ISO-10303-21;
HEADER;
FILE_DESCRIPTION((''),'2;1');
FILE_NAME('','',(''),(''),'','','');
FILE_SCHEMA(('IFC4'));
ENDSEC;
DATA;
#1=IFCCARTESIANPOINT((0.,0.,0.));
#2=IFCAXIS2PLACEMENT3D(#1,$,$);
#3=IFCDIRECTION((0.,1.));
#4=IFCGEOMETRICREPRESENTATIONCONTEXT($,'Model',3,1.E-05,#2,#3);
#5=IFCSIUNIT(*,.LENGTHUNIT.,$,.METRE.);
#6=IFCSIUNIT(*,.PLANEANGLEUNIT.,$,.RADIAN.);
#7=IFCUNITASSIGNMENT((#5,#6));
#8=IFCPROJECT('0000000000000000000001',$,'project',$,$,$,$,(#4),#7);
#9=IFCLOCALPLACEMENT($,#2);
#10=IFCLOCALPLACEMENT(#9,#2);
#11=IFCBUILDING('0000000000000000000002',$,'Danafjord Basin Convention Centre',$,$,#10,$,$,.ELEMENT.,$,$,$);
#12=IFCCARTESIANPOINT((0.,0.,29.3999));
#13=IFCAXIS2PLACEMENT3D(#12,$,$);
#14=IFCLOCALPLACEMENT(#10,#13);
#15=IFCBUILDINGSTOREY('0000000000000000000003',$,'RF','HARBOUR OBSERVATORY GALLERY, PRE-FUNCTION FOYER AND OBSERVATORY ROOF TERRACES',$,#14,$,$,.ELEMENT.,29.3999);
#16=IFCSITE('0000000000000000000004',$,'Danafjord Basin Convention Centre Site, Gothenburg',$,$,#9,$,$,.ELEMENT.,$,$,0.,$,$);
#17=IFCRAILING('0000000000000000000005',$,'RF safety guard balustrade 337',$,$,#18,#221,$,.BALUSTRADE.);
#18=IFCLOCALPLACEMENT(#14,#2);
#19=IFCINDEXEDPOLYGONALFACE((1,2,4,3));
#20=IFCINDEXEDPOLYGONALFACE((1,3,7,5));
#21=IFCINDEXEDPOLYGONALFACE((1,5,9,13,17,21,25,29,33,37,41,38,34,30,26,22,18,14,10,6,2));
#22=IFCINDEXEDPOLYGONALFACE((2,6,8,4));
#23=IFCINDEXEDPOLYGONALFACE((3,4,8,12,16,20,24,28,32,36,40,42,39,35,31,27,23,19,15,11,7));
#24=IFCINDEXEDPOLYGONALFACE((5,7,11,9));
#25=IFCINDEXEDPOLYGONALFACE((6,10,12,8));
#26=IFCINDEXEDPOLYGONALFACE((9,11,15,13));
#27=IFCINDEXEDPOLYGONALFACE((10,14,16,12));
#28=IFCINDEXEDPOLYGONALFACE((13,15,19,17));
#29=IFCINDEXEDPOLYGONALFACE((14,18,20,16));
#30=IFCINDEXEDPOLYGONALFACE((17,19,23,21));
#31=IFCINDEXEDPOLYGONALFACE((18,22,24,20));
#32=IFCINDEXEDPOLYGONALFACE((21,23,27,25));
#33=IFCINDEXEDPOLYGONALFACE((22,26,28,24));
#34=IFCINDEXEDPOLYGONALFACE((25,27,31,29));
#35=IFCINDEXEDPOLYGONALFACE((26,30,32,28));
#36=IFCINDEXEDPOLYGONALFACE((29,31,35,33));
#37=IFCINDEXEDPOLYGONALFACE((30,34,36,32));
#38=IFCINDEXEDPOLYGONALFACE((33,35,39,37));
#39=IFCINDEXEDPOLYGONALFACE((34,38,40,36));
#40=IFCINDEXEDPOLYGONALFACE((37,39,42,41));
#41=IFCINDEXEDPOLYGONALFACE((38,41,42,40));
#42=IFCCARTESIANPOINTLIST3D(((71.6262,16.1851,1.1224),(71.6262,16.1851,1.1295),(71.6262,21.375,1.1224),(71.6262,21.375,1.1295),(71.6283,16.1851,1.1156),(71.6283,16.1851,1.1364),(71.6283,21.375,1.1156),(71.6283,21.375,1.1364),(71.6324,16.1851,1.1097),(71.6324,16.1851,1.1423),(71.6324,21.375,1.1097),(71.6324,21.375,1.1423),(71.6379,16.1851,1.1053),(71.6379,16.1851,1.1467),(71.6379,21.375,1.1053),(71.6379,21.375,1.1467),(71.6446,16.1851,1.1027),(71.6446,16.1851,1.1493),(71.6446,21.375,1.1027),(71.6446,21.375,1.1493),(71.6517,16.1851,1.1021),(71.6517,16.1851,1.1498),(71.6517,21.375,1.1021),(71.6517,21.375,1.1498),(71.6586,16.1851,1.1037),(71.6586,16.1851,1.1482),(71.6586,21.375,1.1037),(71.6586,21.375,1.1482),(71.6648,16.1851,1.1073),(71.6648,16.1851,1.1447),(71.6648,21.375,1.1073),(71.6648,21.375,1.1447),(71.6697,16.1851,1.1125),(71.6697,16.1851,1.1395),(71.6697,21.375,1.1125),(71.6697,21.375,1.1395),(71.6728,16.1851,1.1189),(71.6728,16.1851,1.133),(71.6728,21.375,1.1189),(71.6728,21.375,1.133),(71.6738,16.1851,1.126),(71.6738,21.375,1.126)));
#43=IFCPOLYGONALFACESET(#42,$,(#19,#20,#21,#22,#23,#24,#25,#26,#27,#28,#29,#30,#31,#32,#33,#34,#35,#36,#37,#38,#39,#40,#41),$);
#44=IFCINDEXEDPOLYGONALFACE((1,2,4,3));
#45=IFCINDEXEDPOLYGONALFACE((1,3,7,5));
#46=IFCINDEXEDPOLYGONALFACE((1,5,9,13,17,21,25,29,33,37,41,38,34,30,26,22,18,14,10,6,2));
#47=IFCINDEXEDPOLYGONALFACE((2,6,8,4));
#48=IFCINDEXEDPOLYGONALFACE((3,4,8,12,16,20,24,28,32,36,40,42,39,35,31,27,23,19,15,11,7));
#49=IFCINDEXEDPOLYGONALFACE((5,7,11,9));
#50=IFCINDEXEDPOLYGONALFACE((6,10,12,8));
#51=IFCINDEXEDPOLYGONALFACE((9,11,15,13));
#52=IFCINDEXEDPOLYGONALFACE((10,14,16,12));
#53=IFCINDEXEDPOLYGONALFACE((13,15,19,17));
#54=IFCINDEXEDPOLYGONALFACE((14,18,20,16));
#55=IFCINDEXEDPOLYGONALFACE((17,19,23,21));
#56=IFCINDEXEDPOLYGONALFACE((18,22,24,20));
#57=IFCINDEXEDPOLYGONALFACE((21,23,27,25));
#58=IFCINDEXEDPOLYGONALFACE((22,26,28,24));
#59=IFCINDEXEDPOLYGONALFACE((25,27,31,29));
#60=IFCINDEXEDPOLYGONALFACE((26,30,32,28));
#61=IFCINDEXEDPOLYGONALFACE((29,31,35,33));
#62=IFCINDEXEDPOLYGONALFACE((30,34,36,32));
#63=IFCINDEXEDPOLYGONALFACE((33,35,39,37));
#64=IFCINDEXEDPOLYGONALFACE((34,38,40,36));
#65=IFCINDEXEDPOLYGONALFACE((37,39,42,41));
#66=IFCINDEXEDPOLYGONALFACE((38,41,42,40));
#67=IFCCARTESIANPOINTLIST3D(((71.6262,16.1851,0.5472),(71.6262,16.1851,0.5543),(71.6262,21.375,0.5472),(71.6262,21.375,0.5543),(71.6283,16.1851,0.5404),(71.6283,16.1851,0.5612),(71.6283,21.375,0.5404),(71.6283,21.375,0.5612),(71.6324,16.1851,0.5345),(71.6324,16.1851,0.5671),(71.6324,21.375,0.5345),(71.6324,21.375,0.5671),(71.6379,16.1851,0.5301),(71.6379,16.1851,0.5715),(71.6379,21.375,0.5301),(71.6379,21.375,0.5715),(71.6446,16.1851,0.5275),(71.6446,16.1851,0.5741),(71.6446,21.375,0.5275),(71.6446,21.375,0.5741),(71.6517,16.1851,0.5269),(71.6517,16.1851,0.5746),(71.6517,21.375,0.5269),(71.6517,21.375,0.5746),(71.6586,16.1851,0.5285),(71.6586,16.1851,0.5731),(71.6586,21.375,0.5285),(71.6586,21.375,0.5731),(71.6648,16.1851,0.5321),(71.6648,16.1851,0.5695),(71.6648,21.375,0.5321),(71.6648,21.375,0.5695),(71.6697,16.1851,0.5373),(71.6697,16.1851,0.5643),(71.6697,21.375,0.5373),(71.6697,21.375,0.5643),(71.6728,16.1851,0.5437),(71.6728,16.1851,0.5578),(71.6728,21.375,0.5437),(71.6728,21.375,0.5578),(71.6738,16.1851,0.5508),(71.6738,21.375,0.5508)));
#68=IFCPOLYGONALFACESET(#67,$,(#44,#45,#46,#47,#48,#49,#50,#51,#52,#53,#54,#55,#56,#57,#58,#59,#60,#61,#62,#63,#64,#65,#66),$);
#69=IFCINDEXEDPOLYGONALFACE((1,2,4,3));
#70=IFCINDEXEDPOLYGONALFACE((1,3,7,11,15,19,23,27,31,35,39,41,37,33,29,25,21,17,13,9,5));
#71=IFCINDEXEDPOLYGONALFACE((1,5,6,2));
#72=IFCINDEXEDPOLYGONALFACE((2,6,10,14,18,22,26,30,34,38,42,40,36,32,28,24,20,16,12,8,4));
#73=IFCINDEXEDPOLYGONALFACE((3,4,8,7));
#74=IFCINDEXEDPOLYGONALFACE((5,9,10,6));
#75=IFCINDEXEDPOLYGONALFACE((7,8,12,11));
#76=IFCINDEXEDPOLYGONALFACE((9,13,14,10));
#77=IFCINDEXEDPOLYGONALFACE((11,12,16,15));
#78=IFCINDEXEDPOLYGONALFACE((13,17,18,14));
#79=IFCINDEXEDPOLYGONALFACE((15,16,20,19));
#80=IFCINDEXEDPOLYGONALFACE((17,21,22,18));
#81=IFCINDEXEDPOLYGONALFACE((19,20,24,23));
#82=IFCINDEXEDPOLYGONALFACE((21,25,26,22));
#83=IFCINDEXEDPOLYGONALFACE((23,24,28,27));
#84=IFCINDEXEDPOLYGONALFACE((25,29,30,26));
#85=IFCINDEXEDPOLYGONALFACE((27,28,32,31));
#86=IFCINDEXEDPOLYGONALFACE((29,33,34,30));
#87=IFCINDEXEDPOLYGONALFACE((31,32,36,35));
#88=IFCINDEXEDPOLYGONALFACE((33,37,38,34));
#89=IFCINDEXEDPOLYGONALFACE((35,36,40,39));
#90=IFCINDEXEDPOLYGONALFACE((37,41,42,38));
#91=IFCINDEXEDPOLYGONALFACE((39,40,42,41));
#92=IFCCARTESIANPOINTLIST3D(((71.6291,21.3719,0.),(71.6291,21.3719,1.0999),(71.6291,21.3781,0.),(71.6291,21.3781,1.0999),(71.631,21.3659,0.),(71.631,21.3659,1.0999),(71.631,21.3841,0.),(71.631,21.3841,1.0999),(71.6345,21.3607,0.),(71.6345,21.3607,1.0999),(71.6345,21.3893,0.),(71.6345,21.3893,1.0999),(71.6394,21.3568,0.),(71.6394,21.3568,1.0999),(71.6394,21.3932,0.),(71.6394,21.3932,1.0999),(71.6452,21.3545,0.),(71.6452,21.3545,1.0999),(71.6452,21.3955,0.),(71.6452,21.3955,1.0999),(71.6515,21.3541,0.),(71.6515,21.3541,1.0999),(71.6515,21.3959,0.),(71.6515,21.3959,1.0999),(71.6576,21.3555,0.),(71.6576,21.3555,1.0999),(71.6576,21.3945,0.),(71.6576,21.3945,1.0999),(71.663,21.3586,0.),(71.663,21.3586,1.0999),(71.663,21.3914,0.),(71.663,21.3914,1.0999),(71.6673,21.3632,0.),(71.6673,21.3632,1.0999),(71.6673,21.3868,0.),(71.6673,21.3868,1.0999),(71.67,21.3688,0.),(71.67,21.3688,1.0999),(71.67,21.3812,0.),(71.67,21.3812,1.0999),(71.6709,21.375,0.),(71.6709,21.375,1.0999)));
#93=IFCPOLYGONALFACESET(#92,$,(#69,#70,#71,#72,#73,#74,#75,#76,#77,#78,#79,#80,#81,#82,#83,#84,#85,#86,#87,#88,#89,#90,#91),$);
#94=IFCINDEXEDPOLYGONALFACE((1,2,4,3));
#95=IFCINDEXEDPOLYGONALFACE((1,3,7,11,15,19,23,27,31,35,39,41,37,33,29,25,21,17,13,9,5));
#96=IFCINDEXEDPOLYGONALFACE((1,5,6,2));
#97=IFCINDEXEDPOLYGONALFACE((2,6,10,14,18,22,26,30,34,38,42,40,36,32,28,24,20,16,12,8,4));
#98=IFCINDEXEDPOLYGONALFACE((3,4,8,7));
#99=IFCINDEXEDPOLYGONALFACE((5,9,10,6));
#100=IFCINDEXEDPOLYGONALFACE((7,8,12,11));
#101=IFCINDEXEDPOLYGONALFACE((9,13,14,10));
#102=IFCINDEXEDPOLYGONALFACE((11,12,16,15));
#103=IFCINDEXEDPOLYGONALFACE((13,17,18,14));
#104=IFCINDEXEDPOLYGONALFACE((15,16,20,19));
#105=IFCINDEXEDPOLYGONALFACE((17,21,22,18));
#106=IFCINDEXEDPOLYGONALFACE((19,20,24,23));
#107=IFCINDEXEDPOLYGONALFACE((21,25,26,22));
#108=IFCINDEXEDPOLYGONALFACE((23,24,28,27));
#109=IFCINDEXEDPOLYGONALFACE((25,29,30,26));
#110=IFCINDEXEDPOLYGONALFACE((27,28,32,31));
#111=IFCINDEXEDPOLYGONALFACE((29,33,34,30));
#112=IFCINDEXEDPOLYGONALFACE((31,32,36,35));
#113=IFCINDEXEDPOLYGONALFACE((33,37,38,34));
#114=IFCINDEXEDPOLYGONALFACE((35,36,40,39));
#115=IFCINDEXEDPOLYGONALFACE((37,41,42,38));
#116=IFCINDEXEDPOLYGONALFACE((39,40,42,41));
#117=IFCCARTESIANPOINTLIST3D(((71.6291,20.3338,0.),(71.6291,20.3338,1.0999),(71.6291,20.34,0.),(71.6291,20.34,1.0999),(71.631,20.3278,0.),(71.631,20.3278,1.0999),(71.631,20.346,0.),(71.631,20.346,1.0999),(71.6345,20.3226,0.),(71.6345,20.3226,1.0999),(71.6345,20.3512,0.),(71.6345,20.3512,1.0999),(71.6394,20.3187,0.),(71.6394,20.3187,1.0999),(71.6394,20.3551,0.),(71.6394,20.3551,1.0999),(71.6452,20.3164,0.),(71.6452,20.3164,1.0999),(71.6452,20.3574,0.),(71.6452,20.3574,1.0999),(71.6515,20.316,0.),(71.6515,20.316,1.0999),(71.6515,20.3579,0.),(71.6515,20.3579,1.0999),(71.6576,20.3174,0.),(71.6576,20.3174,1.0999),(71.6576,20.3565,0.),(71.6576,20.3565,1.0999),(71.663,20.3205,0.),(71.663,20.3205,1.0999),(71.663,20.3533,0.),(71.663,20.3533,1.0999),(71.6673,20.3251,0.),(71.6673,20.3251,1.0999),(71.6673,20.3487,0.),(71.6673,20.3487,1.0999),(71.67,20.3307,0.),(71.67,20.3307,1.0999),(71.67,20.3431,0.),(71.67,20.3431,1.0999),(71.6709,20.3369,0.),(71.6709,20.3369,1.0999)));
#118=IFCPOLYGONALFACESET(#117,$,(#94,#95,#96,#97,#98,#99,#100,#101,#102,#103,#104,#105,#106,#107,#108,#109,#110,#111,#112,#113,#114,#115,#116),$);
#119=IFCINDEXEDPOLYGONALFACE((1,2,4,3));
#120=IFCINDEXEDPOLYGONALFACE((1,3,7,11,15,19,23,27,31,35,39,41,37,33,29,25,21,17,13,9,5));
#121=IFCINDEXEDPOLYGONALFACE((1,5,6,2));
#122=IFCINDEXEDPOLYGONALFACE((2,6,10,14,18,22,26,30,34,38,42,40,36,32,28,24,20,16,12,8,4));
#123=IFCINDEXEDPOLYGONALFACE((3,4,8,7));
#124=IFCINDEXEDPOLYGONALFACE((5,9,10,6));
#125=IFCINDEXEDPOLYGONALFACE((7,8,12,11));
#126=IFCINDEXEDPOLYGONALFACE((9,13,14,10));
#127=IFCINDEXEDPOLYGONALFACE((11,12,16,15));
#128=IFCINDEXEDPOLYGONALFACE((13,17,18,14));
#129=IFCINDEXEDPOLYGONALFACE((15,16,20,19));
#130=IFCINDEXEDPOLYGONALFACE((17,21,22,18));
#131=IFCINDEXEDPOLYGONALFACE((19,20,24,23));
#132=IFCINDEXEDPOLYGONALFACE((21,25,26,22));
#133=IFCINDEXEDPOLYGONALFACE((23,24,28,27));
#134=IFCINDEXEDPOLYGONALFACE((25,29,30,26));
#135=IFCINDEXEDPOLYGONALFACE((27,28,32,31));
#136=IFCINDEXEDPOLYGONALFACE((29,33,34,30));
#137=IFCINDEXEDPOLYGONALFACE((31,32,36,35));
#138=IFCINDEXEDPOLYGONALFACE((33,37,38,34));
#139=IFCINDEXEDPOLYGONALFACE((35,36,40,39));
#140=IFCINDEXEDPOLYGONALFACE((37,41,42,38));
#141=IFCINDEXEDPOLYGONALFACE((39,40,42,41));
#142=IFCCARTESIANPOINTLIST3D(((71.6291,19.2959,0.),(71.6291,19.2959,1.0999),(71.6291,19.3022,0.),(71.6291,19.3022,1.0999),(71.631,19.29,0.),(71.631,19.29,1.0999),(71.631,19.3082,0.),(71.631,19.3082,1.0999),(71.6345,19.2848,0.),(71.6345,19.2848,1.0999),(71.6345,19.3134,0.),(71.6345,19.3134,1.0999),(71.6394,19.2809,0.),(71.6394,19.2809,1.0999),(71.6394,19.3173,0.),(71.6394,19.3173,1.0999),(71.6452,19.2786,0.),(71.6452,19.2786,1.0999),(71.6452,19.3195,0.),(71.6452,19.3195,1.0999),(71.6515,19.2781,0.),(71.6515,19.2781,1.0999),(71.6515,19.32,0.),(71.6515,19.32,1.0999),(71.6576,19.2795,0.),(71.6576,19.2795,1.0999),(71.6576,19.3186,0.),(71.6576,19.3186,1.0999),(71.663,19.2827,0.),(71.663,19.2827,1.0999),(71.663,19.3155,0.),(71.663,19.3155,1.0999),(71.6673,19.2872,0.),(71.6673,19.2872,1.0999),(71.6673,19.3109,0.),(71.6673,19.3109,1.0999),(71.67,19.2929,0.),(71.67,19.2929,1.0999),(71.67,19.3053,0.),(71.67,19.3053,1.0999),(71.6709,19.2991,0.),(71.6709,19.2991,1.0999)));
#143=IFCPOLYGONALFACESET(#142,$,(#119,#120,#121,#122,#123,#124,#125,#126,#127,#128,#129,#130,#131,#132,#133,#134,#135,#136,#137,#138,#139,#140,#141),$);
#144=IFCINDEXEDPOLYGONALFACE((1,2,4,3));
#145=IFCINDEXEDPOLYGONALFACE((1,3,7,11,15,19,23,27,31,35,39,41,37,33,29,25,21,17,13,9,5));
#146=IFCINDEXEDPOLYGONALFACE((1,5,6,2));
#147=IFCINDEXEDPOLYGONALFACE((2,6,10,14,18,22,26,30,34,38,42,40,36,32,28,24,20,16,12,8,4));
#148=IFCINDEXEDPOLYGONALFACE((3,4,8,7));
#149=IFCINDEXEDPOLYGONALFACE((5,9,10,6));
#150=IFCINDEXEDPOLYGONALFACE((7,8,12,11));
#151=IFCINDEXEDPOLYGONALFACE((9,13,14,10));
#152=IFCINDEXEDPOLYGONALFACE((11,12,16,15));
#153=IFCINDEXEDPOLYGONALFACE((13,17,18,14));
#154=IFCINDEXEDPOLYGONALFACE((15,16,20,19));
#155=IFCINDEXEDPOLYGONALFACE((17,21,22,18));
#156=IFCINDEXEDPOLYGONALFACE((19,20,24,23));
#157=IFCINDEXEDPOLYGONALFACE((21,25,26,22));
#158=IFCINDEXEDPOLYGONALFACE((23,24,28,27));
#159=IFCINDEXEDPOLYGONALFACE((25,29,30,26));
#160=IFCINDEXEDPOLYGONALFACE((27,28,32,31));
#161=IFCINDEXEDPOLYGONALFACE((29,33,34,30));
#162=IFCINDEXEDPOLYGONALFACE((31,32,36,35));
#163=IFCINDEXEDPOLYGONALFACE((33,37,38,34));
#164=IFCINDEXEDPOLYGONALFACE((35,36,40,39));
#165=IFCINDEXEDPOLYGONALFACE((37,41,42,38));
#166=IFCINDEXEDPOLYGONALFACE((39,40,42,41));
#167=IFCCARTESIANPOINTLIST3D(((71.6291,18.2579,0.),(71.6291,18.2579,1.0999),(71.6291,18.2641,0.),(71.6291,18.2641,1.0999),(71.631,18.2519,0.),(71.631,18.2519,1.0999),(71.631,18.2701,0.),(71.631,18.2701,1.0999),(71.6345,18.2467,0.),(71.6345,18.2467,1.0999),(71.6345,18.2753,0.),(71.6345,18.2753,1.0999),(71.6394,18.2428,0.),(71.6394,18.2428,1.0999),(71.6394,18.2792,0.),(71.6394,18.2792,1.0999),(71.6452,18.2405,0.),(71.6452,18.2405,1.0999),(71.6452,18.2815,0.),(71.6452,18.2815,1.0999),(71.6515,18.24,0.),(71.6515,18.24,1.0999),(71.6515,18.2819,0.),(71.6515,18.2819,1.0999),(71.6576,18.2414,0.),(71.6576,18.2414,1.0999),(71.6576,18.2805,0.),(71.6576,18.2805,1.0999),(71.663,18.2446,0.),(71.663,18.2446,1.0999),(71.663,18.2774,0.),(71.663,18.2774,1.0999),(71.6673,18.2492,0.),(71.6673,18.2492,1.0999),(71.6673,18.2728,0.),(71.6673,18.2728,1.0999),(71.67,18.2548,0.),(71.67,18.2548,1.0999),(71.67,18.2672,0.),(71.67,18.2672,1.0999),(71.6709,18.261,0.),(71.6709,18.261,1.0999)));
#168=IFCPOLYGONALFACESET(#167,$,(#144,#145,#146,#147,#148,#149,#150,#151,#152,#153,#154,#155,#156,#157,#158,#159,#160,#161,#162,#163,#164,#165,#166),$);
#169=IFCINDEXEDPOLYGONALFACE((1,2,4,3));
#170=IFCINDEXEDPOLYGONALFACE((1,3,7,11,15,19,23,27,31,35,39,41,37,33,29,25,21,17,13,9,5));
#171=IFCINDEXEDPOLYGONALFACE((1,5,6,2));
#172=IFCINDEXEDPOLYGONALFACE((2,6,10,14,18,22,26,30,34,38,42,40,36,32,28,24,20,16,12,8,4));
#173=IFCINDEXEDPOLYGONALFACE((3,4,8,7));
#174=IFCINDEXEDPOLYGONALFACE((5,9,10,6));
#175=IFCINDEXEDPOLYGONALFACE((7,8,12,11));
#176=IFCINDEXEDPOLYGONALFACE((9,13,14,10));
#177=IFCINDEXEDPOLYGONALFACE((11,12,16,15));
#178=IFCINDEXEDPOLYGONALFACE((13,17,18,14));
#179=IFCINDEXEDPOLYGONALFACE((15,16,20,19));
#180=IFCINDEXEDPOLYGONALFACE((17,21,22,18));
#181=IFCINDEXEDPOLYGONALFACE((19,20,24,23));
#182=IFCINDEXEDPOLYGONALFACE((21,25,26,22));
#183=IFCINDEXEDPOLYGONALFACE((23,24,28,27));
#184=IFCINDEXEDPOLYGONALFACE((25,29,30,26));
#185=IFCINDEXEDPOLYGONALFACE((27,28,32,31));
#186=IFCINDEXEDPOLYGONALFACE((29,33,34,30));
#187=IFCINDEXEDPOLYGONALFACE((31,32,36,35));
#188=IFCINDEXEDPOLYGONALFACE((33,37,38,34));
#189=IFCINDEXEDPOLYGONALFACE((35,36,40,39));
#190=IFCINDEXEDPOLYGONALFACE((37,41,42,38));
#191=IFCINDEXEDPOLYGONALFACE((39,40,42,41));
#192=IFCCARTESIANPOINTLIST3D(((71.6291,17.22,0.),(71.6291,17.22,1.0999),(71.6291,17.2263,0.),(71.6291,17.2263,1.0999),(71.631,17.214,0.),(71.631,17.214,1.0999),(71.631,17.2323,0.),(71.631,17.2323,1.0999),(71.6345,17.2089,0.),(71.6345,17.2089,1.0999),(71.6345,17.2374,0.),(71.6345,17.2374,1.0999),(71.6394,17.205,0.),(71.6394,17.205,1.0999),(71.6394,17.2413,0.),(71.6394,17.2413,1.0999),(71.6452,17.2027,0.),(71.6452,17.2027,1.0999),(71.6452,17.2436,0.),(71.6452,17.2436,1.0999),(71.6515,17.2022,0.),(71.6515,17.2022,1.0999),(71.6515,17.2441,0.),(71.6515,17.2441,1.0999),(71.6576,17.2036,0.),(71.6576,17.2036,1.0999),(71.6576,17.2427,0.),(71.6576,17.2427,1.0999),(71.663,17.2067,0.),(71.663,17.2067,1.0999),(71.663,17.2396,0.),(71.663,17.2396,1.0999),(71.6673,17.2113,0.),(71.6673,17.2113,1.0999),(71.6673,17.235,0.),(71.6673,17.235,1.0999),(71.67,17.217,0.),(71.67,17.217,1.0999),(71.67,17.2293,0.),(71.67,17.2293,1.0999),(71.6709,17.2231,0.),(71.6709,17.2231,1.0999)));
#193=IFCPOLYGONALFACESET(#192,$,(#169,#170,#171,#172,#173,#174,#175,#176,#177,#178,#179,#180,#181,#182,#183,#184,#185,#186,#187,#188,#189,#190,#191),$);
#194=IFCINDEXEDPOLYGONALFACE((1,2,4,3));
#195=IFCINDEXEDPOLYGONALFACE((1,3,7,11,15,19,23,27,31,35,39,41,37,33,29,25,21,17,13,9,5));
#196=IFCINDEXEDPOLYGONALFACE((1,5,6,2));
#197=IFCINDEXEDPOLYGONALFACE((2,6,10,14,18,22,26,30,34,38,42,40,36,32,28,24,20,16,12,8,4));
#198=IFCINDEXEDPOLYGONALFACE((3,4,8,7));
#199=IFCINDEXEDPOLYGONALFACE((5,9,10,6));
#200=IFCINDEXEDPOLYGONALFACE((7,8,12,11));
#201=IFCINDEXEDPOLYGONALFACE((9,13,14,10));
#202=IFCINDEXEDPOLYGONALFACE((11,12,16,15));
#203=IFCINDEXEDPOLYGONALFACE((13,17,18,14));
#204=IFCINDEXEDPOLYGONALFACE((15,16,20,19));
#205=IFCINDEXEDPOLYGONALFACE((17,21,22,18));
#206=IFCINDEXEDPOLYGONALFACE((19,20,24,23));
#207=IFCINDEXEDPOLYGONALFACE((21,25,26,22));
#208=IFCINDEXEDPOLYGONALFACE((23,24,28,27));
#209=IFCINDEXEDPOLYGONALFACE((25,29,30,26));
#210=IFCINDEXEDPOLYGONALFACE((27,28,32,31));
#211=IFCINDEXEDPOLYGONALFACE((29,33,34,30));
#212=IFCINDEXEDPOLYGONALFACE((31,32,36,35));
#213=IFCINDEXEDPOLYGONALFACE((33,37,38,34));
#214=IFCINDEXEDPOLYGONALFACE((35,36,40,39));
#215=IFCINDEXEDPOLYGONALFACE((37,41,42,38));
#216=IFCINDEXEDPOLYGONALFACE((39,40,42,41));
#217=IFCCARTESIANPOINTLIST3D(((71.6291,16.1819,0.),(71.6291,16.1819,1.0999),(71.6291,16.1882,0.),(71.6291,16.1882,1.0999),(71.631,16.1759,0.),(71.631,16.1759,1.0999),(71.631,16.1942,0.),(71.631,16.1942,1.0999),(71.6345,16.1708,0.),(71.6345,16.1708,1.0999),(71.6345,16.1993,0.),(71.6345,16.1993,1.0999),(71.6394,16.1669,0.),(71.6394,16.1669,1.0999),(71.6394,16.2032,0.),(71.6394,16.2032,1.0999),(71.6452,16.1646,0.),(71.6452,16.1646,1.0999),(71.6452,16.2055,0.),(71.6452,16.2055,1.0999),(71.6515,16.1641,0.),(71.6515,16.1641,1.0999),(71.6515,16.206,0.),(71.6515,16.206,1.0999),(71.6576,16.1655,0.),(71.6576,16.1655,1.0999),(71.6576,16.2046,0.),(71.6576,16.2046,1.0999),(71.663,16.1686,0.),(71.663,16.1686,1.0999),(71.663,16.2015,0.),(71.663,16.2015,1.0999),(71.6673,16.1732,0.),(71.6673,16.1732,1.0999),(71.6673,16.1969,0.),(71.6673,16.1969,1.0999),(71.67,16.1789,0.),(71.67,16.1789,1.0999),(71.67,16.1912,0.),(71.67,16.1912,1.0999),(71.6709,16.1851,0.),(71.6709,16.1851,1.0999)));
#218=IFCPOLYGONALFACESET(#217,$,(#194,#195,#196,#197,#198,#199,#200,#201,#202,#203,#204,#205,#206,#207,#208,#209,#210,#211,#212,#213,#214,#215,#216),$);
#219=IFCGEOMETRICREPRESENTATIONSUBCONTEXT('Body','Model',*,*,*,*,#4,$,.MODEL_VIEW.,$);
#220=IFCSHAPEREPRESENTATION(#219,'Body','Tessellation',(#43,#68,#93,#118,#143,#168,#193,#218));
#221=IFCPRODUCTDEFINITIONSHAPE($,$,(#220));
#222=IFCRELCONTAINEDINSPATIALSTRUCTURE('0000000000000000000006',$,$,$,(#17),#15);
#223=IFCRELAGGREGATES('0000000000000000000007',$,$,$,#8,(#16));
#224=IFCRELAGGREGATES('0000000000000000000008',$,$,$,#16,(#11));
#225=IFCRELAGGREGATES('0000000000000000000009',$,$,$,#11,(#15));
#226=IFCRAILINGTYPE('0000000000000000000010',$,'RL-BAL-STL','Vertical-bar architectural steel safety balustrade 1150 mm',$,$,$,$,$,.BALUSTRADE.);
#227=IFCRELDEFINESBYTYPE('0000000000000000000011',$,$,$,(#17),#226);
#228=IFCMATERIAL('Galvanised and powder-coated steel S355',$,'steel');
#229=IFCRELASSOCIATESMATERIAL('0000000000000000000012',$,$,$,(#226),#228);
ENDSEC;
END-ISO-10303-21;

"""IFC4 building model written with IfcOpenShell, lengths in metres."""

from ifc_helpers import new_model, si_unit, direction, frame, origin, origin_2d, place, context, subcontext, project, spatial, circle, extrude, material, type_object, element, save


model = new_model("IFC4")

# Units and contexts
model_context = context("Model", 3, precision=1e-05, world=origin(), true_north=direction((0.0, 1.0)))
body_context = subcontext(model_context, "Body", "Model", "MODEL_VIEW")
ifc_project = project(units=[si_unit("LENGTHUNIT", "METRE"), si_unit("PLANEANGLEUNIT", "RADIAN")], contexts=[model_context])

# Site, building, storey
site_placement = place(None, origin())
site = spatial("IfcSite", under=ifc_project, at=site_placement, Name="Danafjord Basin Convention Centre Site, Gothenburg", CompositionType="ELEMENT", RefElevation=0.0)
building_placement = place(site_placement, origin())
building = spatial("IfcBuilding", under=site, at=building_placement, Name="Danafjord Basin Convention Centre", CompositionType="ELEMENT")
storey_placement = place(building_placement, frame((0.0, 0.0, 29.3999)))
storey = spatial("IfcBuildingStorey", under=building, at=storey_placement, Name="RF", Description="HARBOUR OBSERVATORY GALLERY, PRE-FUNCTION FOYER AND OBSERVATORY ROOF TERRACES", CompositionType="ELEMENT", Elevation=29.3999)

# Railing
ifc_material_1 = material(Name="Galvanised and powder-coated steel S355", Category="steel")
railing_type_1 = type_object("IfcRailingType", Name="RL-BAL-STL", Description="Vertical-bar architectural steel safety balustrade 1150 mm", PredefinedType="BALUSTRADE", material=ifc_material_1)
railing_1_placement = place(storey_placement, frame((71.6499, 21.375, 0.0)))
element("IfcRailing", 1, at=railing_1_placement, inside=storey, type_object=railing_type_1, Name="RF safety guard balustrade 337", PredefinedType="BALUSTRADE", context=body_context, shape_type="SweptSolid", body=[
    extrude(circle(Radius=0.0239, at=origin_2d()), frame((0.0, 0.0, 1.126), z_axis=(0.0, -1.0, 0.0), x_axis=(1.0, 0.0, 0.0)), (0.0, 0.0, 1.0), 5.1899),
    extrude(circle(Radius=0.0239, at=origin_2d()), frame((0.0, 0.0, 0.5508), z_axis=(0.0, -1.0, 0.0), x_axis=(1.0, 0.0, 0.0)), (0.0, 0.0, 1.0), 5.1899),
    extrude(circle(Radius=0.021, at=origin_2d()), origin(), (0.0, 0.0, 1.0), 1.0999),
    extrude(circle(Radius=0.021, at=origin_2d()), frame((0.0, -1.0381, 0.0)), (0.0, 0.0, 1.0), 1.0999),
    extrude(circle(Radius=0.021, at=origin_2d()), frame((0.0, -2.0759, 0.0)), (0.0, 0.0, 1.0), 1.0999),
    extrude(circle(Radius=0.021, at=origin_2d()), frame((0.0, -3.114, 0.0)), (0.0, 0.0, 1.0), 1.0999),
    extrude(circle(Radius=0.021, at=origin_2d()), frame((0.0, -4.1519, 0.0)), (0.0, 0.0, 1.0), 1.0999),
    extrude(circle(Radius=0.021, at=origin_2d()), frame((0.0, -5.1899, 0.0)), (0.0, 0.0, 1.0), 1.0999),
])

save(model, "model.ifc")
